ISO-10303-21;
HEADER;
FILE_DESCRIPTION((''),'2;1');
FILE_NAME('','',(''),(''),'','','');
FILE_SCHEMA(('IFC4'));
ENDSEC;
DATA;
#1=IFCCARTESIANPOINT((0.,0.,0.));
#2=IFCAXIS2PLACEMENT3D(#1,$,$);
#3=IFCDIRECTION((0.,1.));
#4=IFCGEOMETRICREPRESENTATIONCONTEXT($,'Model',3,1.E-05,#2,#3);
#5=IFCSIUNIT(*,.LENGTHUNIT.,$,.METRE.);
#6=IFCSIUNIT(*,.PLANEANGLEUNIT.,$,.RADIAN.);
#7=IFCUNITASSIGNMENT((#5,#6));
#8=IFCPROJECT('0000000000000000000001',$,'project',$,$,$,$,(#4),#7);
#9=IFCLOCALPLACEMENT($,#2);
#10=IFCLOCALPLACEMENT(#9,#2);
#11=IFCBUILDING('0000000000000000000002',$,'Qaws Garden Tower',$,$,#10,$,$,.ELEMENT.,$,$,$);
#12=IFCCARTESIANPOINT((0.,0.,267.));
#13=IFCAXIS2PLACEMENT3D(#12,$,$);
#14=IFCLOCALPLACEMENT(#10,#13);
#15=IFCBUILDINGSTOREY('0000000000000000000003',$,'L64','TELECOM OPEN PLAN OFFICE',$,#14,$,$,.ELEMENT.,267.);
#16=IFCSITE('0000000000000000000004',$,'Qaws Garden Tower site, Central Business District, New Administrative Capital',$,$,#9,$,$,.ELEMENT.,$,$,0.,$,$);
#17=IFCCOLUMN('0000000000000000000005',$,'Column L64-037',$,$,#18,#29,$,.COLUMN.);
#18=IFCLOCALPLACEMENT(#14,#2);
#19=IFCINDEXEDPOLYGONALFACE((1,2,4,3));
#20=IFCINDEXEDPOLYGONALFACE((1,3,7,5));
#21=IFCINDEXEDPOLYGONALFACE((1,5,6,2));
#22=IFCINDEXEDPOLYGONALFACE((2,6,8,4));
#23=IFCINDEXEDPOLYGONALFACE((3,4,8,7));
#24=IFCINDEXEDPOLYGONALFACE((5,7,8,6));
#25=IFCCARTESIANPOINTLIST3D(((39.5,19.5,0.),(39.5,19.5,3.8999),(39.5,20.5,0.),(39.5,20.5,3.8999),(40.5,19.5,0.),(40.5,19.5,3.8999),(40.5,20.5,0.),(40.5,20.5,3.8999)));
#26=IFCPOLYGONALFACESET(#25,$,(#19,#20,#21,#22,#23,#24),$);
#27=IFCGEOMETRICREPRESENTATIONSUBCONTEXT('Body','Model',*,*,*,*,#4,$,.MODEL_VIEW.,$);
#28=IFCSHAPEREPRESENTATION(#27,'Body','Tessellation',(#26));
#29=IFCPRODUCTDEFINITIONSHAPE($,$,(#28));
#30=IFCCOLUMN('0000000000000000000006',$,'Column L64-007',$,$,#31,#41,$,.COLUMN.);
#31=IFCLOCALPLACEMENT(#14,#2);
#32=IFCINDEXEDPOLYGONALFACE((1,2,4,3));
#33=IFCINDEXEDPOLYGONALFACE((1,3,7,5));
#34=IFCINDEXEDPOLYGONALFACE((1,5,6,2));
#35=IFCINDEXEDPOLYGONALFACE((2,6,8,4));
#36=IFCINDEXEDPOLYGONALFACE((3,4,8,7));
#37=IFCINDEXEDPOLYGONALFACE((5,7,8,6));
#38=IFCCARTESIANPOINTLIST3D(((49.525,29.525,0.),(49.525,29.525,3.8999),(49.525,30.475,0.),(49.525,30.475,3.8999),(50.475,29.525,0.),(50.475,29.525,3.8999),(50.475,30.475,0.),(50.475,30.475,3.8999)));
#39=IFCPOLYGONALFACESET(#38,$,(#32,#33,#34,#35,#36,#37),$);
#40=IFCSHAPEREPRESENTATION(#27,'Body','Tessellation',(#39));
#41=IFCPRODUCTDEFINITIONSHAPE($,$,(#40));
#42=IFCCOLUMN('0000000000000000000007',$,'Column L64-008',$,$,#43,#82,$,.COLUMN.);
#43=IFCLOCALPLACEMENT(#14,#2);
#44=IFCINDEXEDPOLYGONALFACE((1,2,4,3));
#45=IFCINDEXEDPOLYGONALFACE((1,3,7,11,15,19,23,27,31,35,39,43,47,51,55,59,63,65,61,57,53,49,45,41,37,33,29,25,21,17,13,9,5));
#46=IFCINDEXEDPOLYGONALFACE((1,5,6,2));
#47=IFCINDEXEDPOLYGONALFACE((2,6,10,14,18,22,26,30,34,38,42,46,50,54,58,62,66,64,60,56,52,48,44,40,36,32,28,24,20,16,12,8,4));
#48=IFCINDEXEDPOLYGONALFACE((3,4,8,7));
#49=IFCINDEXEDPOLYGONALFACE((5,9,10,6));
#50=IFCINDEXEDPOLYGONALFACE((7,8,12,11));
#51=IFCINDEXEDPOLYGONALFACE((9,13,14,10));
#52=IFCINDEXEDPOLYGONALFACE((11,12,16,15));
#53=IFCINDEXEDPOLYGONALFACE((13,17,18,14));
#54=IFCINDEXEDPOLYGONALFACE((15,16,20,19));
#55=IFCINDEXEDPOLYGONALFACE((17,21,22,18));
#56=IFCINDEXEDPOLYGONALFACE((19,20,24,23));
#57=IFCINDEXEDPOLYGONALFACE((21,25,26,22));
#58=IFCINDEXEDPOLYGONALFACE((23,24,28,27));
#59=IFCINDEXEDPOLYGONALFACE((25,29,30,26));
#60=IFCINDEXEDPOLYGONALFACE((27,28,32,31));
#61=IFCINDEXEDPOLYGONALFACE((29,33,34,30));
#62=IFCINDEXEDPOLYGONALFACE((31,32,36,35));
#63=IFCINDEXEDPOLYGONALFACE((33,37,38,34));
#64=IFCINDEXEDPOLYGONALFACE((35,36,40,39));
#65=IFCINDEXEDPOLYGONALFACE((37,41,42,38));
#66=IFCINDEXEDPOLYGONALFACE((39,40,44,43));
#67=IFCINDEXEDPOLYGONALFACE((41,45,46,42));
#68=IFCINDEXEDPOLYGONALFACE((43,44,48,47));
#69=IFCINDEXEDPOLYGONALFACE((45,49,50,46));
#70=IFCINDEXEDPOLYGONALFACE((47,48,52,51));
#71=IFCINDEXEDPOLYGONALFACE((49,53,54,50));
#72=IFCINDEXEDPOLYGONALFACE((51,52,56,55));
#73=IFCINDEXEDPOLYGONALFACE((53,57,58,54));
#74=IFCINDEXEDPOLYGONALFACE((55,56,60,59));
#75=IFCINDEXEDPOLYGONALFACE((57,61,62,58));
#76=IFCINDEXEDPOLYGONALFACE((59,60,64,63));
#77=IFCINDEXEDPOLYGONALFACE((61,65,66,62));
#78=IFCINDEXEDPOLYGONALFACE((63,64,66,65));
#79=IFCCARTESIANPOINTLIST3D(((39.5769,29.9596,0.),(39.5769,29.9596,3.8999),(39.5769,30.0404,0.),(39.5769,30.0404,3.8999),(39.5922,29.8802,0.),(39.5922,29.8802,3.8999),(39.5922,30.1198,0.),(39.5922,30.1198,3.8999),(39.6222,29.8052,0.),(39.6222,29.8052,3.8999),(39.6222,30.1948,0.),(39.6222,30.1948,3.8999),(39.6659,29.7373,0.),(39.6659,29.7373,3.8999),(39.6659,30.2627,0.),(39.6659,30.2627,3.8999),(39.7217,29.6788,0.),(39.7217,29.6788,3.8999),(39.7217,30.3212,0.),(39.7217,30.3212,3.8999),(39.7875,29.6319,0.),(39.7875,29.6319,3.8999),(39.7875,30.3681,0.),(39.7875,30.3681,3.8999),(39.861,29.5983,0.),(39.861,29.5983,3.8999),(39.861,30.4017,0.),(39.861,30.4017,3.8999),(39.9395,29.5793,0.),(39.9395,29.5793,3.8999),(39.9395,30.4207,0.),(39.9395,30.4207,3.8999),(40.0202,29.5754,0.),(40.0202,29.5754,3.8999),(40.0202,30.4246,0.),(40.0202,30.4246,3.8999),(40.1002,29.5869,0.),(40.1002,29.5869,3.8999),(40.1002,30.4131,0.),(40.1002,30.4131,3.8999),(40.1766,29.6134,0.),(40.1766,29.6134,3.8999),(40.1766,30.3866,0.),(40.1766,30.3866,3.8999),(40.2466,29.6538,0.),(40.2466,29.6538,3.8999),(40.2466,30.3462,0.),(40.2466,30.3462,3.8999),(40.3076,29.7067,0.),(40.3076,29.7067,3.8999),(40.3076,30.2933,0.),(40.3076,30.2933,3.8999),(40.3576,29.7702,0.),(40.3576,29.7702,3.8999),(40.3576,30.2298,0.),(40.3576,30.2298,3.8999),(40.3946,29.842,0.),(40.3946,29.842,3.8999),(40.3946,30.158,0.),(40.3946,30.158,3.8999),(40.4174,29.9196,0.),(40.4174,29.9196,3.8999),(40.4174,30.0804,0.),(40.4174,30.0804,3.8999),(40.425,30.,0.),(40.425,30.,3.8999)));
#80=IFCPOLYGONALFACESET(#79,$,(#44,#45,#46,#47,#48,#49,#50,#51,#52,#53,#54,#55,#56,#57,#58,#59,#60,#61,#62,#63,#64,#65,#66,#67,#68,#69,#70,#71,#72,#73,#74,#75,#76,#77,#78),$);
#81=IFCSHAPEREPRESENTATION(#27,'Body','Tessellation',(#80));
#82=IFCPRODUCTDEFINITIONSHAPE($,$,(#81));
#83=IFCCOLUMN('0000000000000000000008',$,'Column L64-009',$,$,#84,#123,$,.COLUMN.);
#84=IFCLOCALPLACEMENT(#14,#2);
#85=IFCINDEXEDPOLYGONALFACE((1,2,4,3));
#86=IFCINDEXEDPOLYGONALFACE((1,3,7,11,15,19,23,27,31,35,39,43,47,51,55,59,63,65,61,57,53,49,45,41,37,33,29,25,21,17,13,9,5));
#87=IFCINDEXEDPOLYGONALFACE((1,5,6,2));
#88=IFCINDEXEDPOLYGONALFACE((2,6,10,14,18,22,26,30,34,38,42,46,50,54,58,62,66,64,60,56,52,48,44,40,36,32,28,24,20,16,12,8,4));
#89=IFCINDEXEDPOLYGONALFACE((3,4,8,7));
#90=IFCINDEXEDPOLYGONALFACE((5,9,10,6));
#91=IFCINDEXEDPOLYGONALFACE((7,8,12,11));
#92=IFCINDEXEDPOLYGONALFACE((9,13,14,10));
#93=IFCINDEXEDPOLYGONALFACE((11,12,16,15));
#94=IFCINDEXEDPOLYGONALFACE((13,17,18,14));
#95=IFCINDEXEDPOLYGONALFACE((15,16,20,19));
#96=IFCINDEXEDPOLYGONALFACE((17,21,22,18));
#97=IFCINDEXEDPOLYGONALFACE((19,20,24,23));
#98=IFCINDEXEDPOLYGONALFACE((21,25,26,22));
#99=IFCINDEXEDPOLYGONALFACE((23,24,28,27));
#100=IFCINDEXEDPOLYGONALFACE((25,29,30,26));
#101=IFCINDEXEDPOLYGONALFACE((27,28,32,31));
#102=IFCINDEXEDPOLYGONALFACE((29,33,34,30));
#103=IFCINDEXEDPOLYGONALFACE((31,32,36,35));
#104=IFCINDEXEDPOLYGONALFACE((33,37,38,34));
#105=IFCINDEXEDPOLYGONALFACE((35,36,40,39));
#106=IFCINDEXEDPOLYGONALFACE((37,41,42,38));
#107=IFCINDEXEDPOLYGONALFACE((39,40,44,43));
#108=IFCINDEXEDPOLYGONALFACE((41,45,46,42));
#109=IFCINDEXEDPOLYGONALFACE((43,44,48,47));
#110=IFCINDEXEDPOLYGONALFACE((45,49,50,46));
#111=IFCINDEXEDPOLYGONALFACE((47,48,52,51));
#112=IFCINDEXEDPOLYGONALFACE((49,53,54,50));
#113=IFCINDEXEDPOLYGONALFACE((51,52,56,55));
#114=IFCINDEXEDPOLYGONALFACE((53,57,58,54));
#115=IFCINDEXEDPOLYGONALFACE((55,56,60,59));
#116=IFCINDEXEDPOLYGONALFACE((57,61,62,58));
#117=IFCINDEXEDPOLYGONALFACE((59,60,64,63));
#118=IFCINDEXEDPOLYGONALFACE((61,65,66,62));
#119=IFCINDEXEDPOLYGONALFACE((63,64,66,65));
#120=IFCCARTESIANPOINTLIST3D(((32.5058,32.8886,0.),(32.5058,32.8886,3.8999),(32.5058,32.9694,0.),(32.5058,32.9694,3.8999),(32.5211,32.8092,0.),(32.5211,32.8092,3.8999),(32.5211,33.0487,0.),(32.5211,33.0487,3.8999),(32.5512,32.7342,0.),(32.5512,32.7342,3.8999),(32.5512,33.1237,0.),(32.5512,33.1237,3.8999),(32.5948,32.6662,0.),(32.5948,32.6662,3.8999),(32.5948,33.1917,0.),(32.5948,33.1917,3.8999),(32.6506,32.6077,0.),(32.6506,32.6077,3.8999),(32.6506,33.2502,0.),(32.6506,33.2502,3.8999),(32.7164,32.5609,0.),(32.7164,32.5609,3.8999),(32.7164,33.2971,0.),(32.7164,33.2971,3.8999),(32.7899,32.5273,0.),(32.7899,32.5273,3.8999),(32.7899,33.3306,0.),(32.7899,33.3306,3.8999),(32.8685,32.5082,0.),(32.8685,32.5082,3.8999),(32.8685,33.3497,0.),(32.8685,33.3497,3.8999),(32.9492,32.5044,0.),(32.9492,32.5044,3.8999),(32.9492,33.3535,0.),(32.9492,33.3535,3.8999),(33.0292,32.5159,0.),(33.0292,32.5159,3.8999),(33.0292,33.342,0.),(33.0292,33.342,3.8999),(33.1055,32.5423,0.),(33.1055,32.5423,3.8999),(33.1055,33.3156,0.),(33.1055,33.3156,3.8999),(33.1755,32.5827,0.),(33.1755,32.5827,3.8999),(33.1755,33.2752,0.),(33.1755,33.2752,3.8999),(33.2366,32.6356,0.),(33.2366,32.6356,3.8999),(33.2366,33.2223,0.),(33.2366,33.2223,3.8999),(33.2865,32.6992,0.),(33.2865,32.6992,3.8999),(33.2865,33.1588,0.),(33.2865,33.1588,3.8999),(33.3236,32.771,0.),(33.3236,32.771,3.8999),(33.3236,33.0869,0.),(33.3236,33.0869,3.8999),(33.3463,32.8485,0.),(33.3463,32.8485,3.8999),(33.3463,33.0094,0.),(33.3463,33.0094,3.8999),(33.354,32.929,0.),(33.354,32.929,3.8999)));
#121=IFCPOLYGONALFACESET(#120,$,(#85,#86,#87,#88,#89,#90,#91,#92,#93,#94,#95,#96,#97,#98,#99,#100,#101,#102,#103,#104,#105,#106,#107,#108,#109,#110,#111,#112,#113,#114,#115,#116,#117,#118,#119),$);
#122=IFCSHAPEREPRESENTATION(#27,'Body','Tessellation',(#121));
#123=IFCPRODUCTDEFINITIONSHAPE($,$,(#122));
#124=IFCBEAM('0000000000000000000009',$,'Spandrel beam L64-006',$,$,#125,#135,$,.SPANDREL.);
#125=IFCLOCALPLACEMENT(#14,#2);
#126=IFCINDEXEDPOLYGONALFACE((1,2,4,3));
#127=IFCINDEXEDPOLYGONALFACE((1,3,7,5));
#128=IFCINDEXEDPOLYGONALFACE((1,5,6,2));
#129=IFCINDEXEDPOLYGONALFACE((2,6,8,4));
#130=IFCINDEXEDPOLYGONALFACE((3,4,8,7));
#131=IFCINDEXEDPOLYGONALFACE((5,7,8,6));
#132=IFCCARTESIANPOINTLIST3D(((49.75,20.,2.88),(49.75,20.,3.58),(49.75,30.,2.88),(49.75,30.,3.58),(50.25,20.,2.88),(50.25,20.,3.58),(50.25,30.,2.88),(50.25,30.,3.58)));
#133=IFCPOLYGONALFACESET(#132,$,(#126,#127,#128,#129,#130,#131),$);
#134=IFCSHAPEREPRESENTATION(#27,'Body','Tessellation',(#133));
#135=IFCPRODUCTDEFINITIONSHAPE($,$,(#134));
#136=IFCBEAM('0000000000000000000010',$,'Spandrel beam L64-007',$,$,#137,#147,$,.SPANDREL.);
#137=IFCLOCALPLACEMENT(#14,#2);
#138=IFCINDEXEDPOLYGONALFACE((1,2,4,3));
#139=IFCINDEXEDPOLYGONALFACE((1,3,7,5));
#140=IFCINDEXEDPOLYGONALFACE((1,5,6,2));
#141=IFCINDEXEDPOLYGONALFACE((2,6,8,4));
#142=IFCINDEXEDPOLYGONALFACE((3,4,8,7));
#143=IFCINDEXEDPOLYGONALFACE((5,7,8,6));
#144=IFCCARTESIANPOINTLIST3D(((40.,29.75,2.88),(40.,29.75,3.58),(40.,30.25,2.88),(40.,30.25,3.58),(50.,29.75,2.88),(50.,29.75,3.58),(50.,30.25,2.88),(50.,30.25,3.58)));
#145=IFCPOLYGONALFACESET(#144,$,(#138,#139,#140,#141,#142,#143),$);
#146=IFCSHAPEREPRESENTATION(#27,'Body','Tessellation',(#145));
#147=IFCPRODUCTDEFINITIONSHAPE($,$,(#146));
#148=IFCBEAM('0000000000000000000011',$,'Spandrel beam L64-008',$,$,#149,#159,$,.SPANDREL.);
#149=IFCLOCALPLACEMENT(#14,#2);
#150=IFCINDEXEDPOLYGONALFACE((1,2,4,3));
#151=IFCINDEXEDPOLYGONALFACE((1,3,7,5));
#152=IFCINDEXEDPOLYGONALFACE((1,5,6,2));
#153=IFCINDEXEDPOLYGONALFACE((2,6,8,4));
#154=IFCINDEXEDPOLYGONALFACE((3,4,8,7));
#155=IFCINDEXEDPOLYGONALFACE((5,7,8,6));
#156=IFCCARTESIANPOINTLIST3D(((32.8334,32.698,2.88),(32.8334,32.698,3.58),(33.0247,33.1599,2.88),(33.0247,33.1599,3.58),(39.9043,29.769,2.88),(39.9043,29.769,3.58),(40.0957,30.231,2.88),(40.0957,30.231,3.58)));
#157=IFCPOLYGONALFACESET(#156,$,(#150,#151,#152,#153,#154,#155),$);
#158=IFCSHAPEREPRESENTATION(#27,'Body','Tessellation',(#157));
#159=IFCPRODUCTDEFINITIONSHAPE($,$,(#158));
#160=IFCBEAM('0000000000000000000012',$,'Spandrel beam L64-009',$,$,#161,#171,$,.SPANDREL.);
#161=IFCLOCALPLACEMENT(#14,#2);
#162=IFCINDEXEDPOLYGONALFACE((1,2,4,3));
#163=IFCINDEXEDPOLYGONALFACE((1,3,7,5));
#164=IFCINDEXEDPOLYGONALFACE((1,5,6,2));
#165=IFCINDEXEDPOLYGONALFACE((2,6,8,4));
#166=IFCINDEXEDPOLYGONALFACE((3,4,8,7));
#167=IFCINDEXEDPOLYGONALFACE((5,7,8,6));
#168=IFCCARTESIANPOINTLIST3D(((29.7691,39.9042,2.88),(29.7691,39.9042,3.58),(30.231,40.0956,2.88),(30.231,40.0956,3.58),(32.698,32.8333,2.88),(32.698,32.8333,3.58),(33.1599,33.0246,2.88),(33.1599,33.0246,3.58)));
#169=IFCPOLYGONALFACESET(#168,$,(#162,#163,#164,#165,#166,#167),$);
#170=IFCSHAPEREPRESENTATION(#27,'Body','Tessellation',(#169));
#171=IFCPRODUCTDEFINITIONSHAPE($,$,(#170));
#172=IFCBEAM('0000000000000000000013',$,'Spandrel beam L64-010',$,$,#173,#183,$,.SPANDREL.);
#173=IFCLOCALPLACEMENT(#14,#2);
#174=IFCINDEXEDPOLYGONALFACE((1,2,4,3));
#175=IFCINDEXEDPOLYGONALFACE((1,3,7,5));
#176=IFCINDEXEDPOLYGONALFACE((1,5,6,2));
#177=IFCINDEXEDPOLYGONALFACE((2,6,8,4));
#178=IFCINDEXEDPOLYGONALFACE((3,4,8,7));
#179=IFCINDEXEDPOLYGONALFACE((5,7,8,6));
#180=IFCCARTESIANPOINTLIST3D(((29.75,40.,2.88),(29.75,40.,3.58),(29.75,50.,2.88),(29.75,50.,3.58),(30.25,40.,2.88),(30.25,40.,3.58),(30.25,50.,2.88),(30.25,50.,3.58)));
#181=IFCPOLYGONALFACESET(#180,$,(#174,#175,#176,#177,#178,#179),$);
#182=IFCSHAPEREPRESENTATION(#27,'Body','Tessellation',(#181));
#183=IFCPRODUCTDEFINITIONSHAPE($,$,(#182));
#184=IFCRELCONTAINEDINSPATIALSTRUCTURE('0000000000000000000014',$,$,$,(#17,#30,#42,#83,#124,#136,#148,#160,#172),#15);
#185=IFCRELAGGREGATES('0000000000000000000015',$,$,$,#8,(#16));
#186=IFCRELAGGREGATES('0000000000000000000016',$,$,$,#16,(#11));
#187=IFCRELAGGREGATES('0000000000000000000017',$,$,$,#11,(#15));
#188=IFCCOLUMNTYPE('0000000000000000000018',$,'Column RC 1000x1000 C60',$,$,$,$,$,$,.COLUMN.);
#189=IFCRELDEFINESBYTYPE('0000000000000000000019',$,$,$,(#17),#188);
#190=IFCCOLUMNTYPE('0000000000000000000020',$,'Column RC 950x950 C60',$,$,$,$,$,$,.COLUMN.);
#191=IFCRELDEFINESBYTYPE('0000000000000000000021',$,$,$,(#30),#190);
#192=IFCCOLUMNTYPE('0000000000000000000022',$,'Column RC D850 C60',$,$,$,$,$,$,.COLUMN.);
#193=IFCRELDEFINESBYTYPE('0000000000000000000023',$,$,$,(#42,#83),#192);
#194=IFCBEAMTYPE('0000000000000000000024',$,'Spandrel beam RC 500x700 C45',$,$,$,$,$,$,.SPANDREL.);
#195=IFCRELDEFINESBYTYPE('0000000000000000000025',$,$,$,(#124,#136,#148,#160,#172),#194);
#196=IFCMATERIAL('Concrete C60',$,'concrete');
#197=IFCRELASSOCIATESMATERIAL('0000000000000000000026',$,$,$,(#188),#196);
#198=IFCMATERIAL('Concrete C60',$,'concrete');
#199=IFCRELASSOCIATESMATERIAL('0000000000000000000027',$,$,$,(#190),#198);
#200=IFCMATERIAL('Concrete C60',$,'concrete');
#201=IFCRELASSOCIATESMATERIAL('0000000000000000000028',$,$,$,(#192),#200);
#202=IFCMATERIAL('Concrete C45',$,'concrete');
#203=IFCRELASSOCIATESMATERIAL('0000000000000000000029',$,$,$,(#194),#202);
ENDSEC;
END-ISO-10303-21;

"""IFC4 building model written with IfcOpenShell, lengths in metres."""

from ifc_helpers import new_model, si_unit, direction, frame, origin, origin_2d, place, context, subcontext, project, spatial, rectangle, circle, extrude, material, material_profile, profile_set, type_object, element, save


model = new_model("IFC4")

# Units and contexts
model_context = context("Model", 3, precision=1e-05, world=origin(), true_north=direction((0.0, 1.0)))
body_context = subcontext(model_context, "Body", "Model", "MODEL_VIEW")
ifc_project = project(units=[si_unit("LENGTHUNIT", "METRE"), si_unit("PLANEANGLEUNIT", "RADIAN")], contexts=[model_context])

# Site, building, storey
site_placement = place(None, origin())
site = spatial("IfcSite", under=ifc_project, at=site_placement, Name="Qaws Garden Tower site, Central Business District, New Administrative Capital", CompositionType="ELEMENT", RefElevation=0.0)
building_placement = place(site_placement, origin())
building = spatial("IfcBuilding", under=site, at=building_placement, Name="Qaws Garden Tower", CompositionType="ELEMENT")
storey_placement = place(building_placement, frame((0.0, 0.0, 267.0)))
storey = spatial("IfcBuildingStorey", under=building, at=storey_placement, Name="L64", Description="TELECOM OPEN PLAN OFFICE", CompositionType="ELEMENT", Elevation=267.0)

# Columns
ifc_material_1 = material(Name="Concrete C60", Category="concrete")
ifc_material_profile_1 = material_profile(ifc_material_1, rectangle(XDim=1.0, YDim=1.0, at=origin_2d()), Name="RC 1000x1000")
ifc_profile_set_1 = profile_set([ifc_material_profile_1], Name="Concrete C60")
column_type_1 = type_object("IfcColumnType", Name="Column RC 1000x1000 C60", PredefinedType="COLUMN", material=ifc_profile_set_1)
column_1_placement = place(storey_placement, frame((40.0, 20.0, 0.0), z_axis=(0.0, 0.0, 1.0), x_axis=(1.0, 0.0, 0.0)))
element("IfcColumn", 1, at=column_1_placement, inside=storey, type_object=column_type_1, Name="Column L64-037", PredefinedType="COLUMN", context=body_context, shape_type="SweptSolid", body=[
    extrude(rectangle(XDim=1.0, YDim=1.0, at=origin_2d()), origin(), (0.0, 0.0, 1.0), 3.8999),
])
ifc_material_2 = material(Name="Concrete C60", Category="concrete")
ifc_material_profile_2 = material_profile(ifc_material_2, rectangle(XDim=0.95, YDim=0.95, at=origin_2d()), Name="RC 950x950")
ifc_profile_set_2 = profile_set([ifc_material_profile_2], Name="Concrete C60")
column_type_2 = type_object("IfcColumnType", Name="Column RC 950x950 C60", PredefinedType="COLUMN", material=ifc_profile_set_2)
column_2_placement = place(storey_placement, frame((50.0, 30.0, 0.0), z_axis=(0.0, 0.0, 1.0), x_axis=(1.0, 0.0, 0.0)))
element("IfcColumn", 2, at=column_2_placement, inside=storey, type_object=column_type_2, Name="Column L64-007", PredefinedType="COLUMN", context=body_context, shape_type="SweptSolid", body=[
    extrude(rectangle(XDim=0.95, YDim=0.95, at=origin_2d()), origin(), (0.0, 0.0, 1.0), 3.8999),
])
ifc_material_3 = material(Name="Concrete C60", Category="concrete")
ifc_material_profile_3 = material_profile(ifc_material_3, circle(Radius=0.425, at=origin_2d()), Name="RC D850")
ifc_profile_set_3 = profile_set([ifc_material_profile_3], Name="Concrete C60")
column_type_3 = type_object("IfcColumnType", Name="Column RC D850 C60", PredefinedType="COLUMN", material=ifc_profile_set_3)
for number, where, z_axis, x_axis, name in (
    (3, (40.0, 30.0, 0.0), (0.0, 0.0, 1.0), (1.0, 0.0, 0.0), "Column L64-008"),
    (4, (32.929, 32.929, 0.0), (0.0, 0.0, 1.0), (1.0, 0.0, 0.0), "Column L64-009"),
):
    element("IfcColumn", number, at=place(storey_placement, frame(where, z_axis=z_axis, x_axis=x_axis)), inside=storey, type_object=column_type_3, Name=name, PredefinedType="COLUMN", context=body_context, shape_type="SweptSolid", body=[
        extrude(circle(Radius=0.425, at=origin_2d()), origin(), (0.0, 0.0, 1.0), 3.8999),
    ])

# Beams
ifc_material_4 = material(Name="Concrete C45", Category="concrete")
ifc_material_profile_4 = material_profile(ifc_material_4, rectangle(XDim=0.5, YDim=0.7, at=origin_2d()), Name="RC 500x700")
ifc_profile_set_4 = profile_set([ifc_material_profile_4], Name="Concrete C45")
beam_type = type_object("IfcBeamType", Name="Spandrel beam RC 500x700 C45", PredefinedType="SPANDREL", material=ifc_profile_set_4)
for number, where, z_axis, x_axis, name in (
    (5, (50.0, 20.0, 3.23), (0.0, 1.0, 0.0), (-1.0, 0.0, 0.0), "Spandrel beam L64-006"),
    (6, (50.0, 30.0, 3.23), (-1.0, 0.0, 0.0), (0.0, -1.0, 0.0), "Spandrel beam L64-007"),
):
    element("IfcBeam", number, at=place(storey_placement, frame(where, z_axis=z_axis, x_axis=x_axis)), inside=storey, type_object=beam_type, Name=name, PredefinedType="SPANDREL", context=body_context, shape_type="SweptSolid", body=[
        extrude(rectangle(XDim=0.5, YDim=0.7, at=origin_2d()), origin(), (0.0, 0.0, 1.0), 10.0),
    ])
for number, where, z_axis, x_axis, name in (
    (7, (40.0, 30.0, 3.23), (-0.923878, 0.382687, 0.0), (-0.382687, -0.923878, 0.0), "Spandrel beam L64-008"),
    (8, (32.929, 32.929, 3.23), (-0.382687, 0.923878, 0.0), (-0.923878, -0.382687, 0.0), "Spandrel beam L64-009"),
):
    element("IfcBeam", number, at=place(storey_placement, frame(where, z_axis=z_axis, x_axis=x_axis)), inside=storey, type_object=beam_type, Name=name, PredefinedType="SPANDREL", context=body_context, shape_type="SweptSolid", body=[
        extrude(rectangle(XDim=0.5, YDim=0.7, at=origin_2d()), origin(), (0.0, 0.0, 1.0), 7.6536),
    ])
beam_placement = place(storey_placement, frame((30.0, 40.0, 3.23), z_axis=(0.0, 1.0, 0.0), x_axis=(-1.0, 0.0, 0.0)))
element("IfcBeam", 9, at=beam_placement, inside=storey, type_object=beam_type, Name="Spandrel beam L64-010", PredefinedType="SPANDREL", context=body_context, shape_type="SweptSolid", body=[
    extrude(rectangle(XDim=0.5, YDim=0.7, at=origin_2d()), origin(), (0.0, 0.0, 1.0), 10.0),
])

save(model, "model.ifc")
